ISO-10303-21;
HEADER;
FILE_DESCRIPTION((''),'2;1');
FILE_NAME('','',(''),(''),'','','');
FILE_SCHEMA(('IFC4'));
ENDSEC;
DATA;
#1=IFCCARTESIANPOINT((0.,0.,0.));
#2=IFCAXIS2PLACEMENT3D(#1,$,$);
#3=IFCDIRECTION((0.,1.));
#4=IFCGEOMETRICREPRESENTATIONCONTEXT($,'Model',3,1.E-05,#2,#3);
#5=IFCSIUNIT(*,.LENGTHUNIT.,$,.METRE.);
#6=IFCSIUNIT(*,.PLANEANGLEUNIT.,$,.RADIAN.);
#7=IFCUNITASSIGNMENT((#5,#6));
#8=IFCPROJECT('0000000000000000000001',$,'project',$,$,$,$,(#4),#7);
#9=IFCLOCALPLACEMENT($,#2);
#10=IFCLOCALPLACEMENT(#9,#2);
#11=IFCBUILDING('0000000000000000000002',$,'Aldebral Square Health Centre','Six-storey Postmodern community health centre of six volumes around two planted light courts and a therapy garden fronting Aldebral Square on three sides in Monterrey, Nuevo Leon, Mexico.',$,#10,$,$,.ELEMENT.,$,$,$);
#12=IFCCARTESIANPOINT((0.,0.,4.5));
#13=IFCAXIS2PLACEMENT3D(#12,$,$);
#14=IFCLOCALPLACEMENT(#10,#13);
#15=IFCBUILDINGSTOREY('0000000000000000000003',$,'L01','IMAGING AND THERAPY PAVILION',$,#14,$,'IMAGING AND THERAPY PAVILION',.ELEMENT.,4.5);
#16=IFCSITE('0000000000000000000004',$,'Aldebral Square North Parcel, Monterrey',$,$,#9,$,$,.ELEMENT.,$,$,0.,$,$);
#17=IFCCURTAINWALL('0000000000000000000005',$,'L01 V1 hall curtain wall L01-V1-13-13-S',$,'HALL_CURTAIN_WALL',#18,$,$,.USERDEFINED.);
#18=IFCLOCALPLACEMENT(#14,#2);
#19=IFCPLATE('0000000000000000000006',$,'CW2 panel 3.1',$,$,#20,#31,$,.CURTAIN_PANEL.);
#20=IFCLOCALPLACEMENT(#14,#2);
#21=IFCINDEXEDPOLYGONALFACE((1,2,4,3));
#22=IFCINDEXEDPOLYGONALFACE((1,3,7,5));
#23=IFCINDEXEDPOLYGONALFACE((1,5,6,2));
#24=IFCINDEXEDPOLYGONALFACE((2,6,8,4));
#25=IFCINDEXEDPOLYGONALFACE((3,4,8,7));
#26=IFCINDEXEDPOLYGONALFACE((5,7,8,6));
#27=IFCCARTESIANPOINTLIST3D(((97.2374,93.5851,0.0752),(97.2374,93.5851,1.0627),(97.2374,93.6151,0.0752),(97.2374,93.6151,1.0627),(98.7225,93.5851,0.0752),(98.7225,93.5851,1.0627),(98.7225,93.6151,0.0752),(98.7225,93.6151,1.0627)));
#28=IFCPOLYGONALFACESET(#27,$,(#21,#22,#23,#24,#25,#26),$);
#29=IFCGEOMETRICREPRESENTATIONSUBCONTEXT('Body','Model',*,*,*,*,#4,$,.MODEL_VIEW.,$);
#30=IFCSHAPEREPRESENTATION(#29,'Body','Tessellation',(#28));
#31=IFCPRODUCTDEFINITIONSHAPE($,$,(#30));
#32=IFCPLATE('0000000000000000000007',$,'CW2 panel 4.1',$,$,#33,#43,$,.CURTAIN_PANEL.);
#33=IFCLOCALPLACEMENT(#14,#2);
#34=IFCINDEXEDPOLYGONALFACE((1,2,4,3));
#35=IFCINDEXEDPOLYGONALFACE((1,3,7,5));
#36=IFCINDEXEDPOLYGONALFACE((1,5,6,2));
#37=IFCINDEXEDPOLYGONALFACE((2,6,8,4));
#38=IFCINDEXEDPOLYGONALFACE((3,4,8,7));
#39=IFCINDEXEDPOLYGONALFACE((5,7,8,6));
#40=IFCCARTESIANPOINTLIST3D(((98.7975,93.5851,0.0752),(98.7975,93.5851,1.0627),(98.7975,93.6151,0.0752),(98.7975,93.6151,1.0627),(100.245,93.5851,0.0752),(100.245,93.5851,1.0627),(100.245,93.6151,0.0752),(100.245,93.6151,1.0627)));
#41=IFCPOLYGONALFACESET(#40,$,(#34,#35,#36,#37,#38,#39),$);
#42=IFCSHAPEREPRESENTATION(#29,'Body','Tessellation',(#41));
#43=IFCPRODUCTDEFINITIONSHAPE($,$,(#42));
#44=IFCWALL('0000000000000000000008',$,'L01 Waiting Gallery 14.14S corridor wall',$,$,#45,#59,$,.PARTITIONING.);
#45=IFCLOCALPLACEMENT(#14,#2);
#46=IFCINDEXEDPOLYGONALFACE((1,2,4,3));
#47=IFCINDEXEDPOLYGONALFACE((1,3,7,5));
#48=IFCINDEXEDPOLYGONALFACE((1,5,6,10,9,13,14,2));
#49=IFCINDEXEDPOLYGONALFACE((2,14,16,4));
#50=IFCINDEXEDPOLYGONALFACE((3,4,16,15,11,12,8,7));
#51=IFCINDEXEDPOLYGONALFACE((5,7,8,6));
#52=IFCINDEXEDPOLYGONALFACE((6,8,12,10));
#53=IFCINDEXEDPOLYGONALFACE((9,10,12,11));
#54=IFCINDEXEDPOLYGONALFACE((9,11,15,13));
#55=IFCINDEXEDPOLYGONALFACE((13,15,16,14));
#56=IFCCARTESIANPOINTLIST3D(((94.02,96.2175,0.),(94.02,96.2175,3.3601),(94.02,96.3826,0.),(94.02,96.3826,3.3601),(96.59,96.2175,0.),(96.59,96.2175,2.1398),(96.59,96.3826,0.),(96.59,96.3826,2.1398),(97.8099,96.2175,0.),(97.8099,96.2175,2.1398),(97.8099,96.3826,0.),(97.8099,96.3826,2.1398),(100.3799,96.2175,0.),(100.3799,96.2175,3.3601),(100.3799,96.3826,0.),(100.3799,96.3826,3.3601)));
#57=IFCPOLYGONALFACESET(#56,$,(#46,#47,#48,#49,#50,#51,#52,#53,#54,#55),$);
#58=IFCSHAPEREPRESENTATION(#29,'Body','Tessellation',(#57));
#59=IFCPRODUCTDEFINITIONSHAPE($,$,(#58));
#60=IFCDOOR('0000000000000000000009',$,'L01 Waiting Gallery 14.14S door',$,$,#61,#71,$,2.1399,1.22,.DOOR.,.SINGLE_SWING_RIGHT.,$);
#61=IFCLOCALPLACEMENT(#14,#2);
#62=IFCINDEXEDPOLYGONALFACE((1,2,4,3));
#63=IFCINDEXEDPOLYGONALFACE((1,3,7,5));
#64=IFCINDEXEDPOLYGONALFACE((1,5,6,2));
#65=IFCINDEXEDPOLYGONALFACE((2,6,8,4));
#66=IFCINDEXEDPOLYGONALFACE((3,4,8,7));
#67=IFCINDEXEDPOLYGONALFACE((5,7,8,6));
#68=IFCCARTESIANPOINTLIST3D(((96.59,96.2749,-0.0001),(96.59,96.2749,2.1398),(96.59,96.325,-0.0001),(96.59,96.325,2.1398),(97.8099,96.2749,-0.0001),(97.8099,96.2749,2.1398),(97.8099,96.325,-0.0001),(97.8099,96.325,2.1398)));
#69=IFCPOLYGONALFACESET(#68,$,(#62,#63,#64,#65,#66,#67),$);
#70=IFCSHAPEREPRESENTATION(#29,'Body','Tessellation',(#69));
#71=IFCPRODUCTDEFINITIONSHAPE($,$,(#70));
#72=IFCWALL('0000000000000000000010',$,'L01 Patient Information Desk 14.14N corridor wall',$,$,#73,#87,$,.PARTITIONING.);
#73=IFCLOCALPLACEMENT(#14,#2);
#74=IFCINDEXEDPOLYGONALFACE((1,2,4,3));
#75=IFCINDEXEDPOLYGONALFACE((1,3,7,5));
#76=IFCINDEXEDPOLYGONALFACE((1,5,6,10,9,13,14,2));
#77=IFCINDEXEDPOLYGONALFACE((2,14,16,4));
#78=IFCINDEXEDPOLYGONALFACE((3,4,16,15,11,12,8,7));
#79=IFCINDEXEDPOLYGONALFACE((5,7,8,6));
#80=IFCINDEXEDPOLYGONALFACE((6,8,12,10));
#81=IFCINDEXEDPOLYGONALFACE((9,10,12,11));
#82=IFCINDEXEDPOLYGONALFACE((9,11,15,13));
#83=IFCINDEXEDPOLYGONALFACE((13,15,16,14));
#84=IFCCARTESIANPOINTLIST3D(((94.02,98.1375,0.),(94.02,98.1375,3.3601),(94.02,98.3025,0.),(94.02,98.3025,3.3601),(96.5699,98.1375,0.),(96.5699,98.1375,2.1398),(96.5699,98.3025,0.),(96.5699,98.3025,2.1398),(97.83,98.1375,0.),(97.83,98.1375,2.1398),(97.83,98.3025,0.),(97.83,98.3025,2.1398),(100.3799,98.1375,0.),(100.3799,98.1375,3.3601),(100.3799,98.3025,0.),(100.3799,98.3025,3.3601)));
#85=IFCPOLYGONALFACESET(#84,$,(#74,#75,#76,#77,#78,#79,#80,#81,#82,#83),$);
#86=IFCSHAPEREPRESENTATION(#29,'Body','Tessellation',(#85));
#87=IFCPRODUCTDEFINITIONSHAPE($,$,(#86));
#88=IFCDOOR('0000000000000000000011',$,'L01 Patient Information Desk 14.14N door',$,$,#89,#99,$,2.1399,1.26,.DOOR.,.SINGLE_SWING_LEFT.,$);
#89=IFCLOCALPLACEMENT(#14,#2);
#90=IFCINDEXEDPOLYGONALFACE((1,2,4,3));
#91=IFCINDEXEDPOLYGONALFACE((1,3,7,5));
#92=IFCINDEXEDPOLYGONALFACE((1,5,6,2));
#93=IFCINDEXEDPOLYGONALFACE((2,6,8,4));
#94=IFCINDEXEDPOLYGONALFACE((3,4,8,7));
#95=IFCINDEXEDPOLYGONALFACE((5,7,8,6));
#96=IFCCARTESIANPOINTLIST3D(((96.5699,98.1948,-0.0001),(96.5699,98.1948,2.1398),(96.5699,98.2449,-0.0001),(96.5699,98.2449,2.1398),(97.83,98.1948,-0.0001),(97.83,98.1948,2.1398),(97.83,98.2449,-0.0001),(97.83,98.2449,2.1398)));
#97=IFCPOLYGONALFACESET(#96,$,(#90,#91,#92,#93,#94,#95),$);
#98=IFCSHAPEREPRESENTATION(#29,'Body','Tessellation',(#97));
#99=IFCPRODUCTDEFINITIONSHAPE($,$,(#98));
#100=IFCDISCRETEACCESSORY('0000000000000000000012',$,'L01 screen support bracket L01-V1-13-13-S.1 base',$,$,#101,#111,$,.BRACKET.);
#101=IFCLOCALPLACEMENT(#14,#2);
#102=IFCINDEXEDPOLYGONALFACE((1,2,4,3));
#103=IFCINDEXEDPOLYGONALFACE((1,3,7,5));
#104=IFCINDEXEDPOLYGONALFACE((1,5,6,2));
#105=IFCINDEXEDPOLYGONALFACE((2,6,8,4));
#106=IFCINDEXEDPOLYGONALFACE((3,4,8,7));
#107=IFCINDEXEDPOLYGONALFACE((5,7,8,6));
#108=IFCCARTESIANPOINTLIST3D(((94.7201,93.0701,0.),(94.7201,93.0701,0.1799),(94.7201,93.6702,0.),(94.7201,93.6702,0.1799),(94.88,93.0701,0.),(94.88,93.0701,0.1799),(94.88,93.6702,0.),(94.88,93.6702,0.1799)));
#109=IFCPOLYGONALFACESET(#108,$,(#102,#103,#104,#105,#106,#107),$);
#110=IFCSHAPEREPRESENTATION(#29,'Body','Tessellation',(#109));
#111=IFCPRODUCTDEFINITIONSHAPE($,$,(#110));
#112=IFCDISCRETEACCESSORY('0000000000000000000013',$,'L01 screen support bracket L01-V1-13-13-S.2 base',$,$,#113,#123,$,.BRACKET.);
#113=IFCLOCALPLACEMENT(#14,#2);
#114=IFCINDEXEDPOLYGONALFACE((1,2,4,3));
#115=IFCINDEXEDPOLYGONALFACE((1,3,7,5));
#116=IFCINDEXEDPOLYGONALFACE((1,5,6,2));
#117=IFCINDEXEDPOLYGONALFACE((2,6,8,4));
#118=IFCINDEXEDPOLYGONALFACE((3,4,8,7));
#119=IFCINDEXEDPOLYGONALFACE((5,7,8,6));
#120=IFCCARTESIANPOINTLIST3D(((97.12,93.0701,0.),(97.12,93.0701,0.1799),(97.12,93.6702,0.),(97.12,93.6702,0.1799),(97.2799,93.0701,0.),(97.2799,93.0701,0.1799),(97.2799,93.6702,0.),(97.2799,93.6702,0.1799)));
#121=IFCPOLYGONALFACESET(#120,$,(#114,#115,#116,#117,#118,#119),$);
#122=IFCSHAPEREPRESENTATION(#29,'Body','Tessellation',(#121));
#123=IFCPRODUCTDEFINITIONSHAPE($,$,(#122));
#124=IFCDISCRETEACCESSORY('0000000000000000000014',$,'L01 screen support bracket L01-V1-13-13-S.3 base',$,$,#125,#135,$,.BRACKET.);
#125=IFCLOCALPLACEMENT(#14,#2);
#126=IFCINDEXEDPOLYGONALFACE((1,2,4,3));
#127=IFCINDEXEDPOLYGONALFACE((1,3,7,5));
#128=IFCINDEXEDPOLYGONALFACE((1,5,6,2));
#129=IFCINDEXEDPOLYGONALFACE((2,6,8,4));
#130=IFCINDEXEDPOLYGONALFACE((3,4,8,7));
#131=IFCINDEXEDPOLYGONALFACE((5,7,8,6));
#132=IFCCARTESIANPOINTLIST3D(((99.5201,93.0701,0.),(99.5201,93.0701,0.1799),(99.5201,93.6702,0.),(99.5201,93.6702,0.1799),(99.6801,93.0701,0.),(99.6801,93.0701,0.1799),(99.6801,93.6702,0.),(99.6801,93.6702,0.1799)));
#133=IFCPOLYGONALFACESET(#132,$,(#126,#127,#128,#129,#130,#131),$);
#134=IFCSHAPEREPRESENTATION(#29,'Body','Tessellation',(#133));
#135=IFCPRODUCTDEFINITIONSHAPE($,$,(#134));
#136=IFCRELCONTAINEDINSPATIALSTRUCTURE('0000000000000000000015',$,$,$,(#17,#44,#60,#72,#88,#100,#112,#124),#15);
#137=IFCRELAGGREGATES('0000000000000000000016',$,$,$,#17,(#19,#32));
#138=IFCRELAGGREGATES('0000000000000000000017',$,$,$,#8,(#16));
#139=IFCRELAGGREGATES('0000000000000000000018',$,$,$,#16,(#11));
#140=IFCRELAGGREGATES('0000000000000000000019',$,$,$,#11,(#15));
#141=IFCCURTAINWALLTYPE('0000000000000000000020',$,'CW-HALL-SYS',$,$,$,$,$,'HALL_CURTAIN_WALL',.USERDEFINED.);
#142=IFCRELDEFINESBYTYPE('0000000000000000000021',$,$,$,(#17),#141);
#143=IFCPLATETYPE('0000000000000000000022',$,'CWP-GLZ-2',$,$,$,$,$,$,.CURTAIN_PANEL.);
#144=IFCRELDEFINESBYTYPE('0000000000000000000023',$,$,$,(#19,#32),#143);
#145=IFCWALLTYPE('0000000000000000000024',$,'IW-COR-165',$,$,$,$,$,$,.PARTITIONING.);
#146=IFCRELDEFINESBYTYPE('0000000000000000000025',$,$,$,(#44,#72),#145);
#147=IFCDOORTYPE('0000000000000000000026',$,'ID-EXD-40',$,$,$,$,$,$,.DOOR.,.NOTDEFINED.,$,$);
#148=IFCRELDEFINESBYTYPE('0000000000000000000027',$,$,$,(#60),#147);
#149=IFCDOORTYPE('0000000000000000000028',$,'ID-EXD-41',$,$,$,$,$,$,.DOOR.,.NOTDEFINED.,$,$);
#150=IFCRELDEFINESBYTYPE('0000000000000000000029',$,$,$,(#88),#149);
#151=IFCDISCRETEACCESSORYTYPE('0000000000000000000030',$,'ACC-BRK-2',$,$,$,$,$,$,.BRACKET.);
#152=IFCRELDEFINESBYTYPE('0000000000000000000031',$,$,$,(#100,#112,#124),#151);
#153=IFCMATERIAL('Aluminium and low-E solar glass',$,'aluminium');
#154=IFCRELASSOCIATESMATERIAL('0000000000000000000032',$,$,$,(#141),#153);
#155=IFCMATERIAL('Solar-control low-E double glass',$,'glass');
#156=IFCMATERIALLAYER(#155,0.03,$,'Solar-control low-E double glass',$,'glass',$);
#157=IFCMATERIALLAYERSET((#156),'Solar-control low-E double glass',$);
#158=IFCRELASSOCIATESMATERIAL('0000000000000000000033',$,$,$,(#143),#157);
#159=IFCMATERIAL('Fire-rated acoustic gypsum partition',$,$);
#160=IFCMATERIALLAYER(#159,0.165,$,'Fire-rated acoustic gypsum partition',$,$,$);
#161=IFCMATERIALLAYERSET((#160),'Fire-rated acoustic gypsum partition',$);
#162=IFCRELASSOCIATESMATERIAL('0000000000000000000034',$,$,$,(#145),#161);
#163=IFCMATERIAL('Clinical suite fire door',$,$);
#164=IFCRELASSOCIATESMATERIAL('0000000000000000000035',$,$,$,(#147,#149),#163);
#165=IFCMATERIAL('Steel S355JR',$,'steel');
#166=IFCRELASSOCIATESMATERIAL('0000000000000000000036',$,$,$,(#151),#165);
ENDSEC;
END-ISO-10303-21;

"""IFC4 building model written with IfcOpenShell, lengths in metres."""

from ifc_helpers import new_model, si_unit, direction, frame, frame_2d, origin, origin_2d, place, context, subcontext, project, spatial, rectangle, extrude, material, layer, layer_set, type_object, element, fill, aggregate, save


model = new_model("IFC4")

# Units and contexts
model_context = context("Model", 3, precision=1e-05, world=origin(), true_north=direction((0.0, 1.0)))
body_context = subcontext(model_context, "Body", "Model", "MODEL_VIEW")
ifc_project = project(units=[si_unit("LENGTHUNIT", "METRE"), si_unit("PLANEANGLEUNIT", "RADIAN")], contexts=[model_context])

# Site, building, storey
site_placement = place(None, origin())
site = spatial("IfcSite", under=ifc_project, at=site_placement, Name="Aldebral Square North Parcel, Monterrey", CompositionType="ELEMENT", RefElevation=0.0)
building_placement = place(site_placement, origin())
building = spatial("IfcBuilding", under=site, at=building_placement, Name="Aldebral Square Health Centre", Description="Six-storey Postmodern community health centre of six volumes around two planted light courts and a therapy garden fronting Aldebral Square on three sides in Monterrey, Nuevo Leon, Mexico.", CompositionType="ELEMENT")
storey_placement = place(building_placement, frame((0.0, 0.0, 4.5)))
storey = spatial("IfcBuildingStorey", under=building, at=storey_placement, Name="L01", Description="IMAGING AND THERAPY PAVILION", LongName="IMAGING AND THERAPY PAVILION", CompositionType="ELEMENT", Elevation=4.5)

# Curtain wall, plates
ifc_material_1 = material(Name="Aluminium and low-E solar glass", Category="aluminium")
curtain_wall_type = type_object("IfcCurtainWallType", Name="CW-HALL-SYS", ElementType="HALL_CURTAIN_WALL", PredefinedType="USERDEFINED", material=ifc_material_1)
curtain_wall_placement = place(storey_placement, origin())
curtain_wall = element("IfcCurtainWall", 1, at=curtain_wall_placement, inside=storey, type_object=curtain_wall_type, Name="L01 V1 hall curtain wall L01-V1-13-13-S", ObjectType="HALL_CURTAIN_WALL", PredefinedType="USERDEFINED")
ifc_material_2 = material(Name="Solar-control low-E double glass", Category="glass")
ifc_layer_1 = layer(ifc_material_2, 0.03, Name="Solar-control low-E double glass", Category="glass")
ifc_layer_set_1 = layer_set([ifc_layer_1], Name="Solar-control low-E double glass")
plate_type = type_object("IfcPlateType", Name="CWP-GLZ-2", PredefinedType="CURTAIN_PANEL", material=ifc_layer_set_1)
plate_1_placement = place(storey_placement, frame((97.98, 93.6001, 0.0752), z_axis=(0.0, 0.0, 1.0), x_axis=(1.0, 0.0, 0.0)))
plate_1 = element("IfcPlate", 2, at=plate_1_placement, type_object=plate_type, Name="CW2 panel 3.1", PredefinedType="CURTAIN_PANEL", context=body_context, shape_type="SweptSolid", body=[
    extrude(rectangle(XDim=1.4851, YDim=0.03, at=origin_2d()), origin(), (0.0, 0.0, 1.0), 0.9875),
])
plate_2_placement = place(storey_placement, frame((99.5212, 93.6001, 0.0752), z_axis=(0.0, 0.0, 1.0), x_axis=(1.0, 0.0, 0.0)))
plate_2 = element("IfcPlate", 3, at=plate_2_placement, type_object=plate_type, Name="CW2 panel 4.1", PredefinedType="CURTAIN_PANEL", context=body_context, shape_type="SweptSolid", body=[
    extrude(rectangle(XDim=1.4475, YDim=0.03, at=origin_2d()), origin(), (0.0, 0.0, 1.0), 0.9875),
])
aggregate(curtain_wall, [plate_1, plate_2])

# Walls, openings, doors
ifc_material_3 = material(Name="Fire-rated acoustic gypsum partition")
ifc_layer_2 = layer(ifc_material_3, 0.165, Name="Fire-rated acoustic gypsum partition")
ifc_layer_set_2 = layer_set([ifc_layer_2], Name="Fire-rated acoustic gypsum partition")
wall_type = type_object("IfcWallType", Name="IW-COR-165", PredefinedType="PARTITIONING", material=ifc_layer_set_2)
wall_1_placement = place(storey_placement, frame((94.02, 96.3, 0.0), z_axis=(0.0, 0.0, 1.0), x_axis=(1.0, 0.0, 0.0)))
wall_1 = element("IfcWall", 4, at=wall_1_placement, inside=storey, type_object=wall_type, Name="L01 Waiting Gallery 14.14S corridor wall", PredefinedType="PARTITIONING", context=body_context, shape_type="SweptSolid", body=[
    extrude(rectangle(XDim=6.3599, YDim=0.165, at=frame_2d((3.1799, 0.0))), origin(), (0.0, 0.0, 1.0), 3.3601),
])
opening_1_placement = place(wall_1_placement, frame((2.5701, 0.0, 0.0)))
opening_1 = element("IfcOpeningElement", 5, at=opening_1_placement, cuts=wall_1, PredefinedType="OPENING", context=body_context, shape_type="SweptSolid", body=[
    extrude(rectangle(XDim=1.22, YDim=2.1399, at=frame_2d((0.6099, 1.0698))), frame((0.0, 0.0925, 0.0), z_axis=(0.0, -1.0, 0.0), x_axis=(1.0, 0.0, 0.0)), (0.0, 0.0, 1.0), 0.1851),
])
ifc_material_4 = material(Name="Clinical suite fire door")
door_type_1 = type_object("IfcDoorType", Name="ID-EXD-40", OperationType="NOTDEFINED", PredefinedType="DOOR", material=ifc_material_4)
door_1_placement = place(opening_1_placement, origin())
door_1 = element("IfcDoor", 6, at=door_1_placement, inside=storey, type_object=door_type_1, Name="L01 Waiting Gallery 14.14S door", OperationType="SINGLE_SWING_RIGHT", OverallHeight=2.1399, OverallWidth=1.22, PredefinedType="DOOR", context=body_context, shape_type="SweptSolid", body=[
    extrude(rectangle(XDim=1.22, YDim=2.1399, at=frame_2d((0.6099, 1.0698))), frame((0.0, 0.0249, 0.0), z_axis=(0.0, -1.0, 0.0), x_axis=(1.0, 0.0, 0.0)), (0.0, 0.0, 1.0), 0.05),
])
fill(opening_1, door_1)
wall_2_placement = place(storey_placement, frame((94.02, 98.22, 0.0), z_axis=(0.0, 0.0, 1.0), x_axis=(1.0, 0.0, 0.0)))
wall_2 = element("IfcWall", 7, at=wall_2_placement, inside=storey, type_object=wall_type, Name="L01 Patient Information Desk 14.14N corridor wall", PredefinedType="PARTITIONING", context=body_context, shape_type="SweptSolid", body=[
    extrude(rectangle(XDim=6.3599, YDim=0.165, at=frame_2d((3.1799, 0.0))), origin(), (0.0, 0.0, 1.0), 3.3601),
])
opening_2_placement = place(wall_2_placement, frame((2.55, 0.0, 0.0)))
opening_2 = element("IfcOpeningElement", 8, at=opening_2_placement, cuts=wall_2, PredefinedType="OPENING", context=body_context, shape_type="SweptSolid", body=[
    extrude(rectangle(XDim=1.26, YDim=2.1399, at=frame_2d((0.6299, 1.0698))), frame((0.0, 0.0925, 0.0), z_axis=(0.0, -1.0, 0.0), x_axis=(1.0, 0.0, 0.0)), (0.0, 0.0, 1.0), 0.1851),
])
door_type_2 = type_object("IfcDoorType", Name="ID-EXD-41", OperationType="NOTDEFINED", PredefinedType="DOOR", material=ifc_material_4)
door_2_placement = place(opening_2_placement, origin())
door_2 = element("IfcDoor", 9, at=door_2_placement, inside=storey, type_object=door_type_2, Name="L01 Patient Information Desk 14.14N door", OperationType="SINGLE_SWING_LEFT", OverallHeight=2.1399, OverallWidth=1.26, PredefinedType="DOOR", context=body_context, shape_type="SweptSolid", body=[
    extrude(rectangle(XDim=1.26, YDim=2.1399, at=frame_2d((0.6299, 1.0698))), frame((0.0, 0.0249, 0.0), z_axis=(0.0, -1.0, 0.0), x_axis=(1.0, 0.0, 0.0)), (0.0, 0.0, 1.0), 0.05),
])
fill(opening_2, door_2)

# Discrete accessories
ifc_material_5 = material(Name="Steel S355JR", Category="steel")
discrete_accessory_type = type_object("IfcDiscreteAccessoryType", Name="ACC-BRK-2", PredefinedType="BRACKET", material=ifc_material_5)
for number, where, z_axis, x_axis, name in (
    (10, (94.8, 93.3701, 0.0), (0.0, 0.0, 1.0), (1.0, 0.0, 0.0), "L01 screen support bracket L01-V1-13-13-S.1 base"),
    (11, (97.2, 93.3701, 0.0), (0.0, 0.0, 1.0), (1.0, 0.0, 0.0), "L01 screen support bracket L01-V1-13-13-S.2 base"),
    (12, (99.6001, 93.3701, 0.0), (0.0, 0.0, 1.0), (1.0, 0.0, 0.0), "L01 screen support bracket L01-V1-13-13-S.3 base"),
):
    element("IfcDiscreteAccessory", number, at=place(storey_placement, frame(where, z_axis=z_axis, x_axis=x_axis)), inside=storey, type_object=discrete_accessory_type, Name=name, PredefinedType="BRACKET", context=body_context, shape_type="SweptSolid", body=[
        extrude(rectangle(XDim=0.1599, YDim=0.6001, at=origin_2d()), origin(), (0.0, 0.0, 1.0), 0.1799),
    ])

save(model, "model.ifc")
